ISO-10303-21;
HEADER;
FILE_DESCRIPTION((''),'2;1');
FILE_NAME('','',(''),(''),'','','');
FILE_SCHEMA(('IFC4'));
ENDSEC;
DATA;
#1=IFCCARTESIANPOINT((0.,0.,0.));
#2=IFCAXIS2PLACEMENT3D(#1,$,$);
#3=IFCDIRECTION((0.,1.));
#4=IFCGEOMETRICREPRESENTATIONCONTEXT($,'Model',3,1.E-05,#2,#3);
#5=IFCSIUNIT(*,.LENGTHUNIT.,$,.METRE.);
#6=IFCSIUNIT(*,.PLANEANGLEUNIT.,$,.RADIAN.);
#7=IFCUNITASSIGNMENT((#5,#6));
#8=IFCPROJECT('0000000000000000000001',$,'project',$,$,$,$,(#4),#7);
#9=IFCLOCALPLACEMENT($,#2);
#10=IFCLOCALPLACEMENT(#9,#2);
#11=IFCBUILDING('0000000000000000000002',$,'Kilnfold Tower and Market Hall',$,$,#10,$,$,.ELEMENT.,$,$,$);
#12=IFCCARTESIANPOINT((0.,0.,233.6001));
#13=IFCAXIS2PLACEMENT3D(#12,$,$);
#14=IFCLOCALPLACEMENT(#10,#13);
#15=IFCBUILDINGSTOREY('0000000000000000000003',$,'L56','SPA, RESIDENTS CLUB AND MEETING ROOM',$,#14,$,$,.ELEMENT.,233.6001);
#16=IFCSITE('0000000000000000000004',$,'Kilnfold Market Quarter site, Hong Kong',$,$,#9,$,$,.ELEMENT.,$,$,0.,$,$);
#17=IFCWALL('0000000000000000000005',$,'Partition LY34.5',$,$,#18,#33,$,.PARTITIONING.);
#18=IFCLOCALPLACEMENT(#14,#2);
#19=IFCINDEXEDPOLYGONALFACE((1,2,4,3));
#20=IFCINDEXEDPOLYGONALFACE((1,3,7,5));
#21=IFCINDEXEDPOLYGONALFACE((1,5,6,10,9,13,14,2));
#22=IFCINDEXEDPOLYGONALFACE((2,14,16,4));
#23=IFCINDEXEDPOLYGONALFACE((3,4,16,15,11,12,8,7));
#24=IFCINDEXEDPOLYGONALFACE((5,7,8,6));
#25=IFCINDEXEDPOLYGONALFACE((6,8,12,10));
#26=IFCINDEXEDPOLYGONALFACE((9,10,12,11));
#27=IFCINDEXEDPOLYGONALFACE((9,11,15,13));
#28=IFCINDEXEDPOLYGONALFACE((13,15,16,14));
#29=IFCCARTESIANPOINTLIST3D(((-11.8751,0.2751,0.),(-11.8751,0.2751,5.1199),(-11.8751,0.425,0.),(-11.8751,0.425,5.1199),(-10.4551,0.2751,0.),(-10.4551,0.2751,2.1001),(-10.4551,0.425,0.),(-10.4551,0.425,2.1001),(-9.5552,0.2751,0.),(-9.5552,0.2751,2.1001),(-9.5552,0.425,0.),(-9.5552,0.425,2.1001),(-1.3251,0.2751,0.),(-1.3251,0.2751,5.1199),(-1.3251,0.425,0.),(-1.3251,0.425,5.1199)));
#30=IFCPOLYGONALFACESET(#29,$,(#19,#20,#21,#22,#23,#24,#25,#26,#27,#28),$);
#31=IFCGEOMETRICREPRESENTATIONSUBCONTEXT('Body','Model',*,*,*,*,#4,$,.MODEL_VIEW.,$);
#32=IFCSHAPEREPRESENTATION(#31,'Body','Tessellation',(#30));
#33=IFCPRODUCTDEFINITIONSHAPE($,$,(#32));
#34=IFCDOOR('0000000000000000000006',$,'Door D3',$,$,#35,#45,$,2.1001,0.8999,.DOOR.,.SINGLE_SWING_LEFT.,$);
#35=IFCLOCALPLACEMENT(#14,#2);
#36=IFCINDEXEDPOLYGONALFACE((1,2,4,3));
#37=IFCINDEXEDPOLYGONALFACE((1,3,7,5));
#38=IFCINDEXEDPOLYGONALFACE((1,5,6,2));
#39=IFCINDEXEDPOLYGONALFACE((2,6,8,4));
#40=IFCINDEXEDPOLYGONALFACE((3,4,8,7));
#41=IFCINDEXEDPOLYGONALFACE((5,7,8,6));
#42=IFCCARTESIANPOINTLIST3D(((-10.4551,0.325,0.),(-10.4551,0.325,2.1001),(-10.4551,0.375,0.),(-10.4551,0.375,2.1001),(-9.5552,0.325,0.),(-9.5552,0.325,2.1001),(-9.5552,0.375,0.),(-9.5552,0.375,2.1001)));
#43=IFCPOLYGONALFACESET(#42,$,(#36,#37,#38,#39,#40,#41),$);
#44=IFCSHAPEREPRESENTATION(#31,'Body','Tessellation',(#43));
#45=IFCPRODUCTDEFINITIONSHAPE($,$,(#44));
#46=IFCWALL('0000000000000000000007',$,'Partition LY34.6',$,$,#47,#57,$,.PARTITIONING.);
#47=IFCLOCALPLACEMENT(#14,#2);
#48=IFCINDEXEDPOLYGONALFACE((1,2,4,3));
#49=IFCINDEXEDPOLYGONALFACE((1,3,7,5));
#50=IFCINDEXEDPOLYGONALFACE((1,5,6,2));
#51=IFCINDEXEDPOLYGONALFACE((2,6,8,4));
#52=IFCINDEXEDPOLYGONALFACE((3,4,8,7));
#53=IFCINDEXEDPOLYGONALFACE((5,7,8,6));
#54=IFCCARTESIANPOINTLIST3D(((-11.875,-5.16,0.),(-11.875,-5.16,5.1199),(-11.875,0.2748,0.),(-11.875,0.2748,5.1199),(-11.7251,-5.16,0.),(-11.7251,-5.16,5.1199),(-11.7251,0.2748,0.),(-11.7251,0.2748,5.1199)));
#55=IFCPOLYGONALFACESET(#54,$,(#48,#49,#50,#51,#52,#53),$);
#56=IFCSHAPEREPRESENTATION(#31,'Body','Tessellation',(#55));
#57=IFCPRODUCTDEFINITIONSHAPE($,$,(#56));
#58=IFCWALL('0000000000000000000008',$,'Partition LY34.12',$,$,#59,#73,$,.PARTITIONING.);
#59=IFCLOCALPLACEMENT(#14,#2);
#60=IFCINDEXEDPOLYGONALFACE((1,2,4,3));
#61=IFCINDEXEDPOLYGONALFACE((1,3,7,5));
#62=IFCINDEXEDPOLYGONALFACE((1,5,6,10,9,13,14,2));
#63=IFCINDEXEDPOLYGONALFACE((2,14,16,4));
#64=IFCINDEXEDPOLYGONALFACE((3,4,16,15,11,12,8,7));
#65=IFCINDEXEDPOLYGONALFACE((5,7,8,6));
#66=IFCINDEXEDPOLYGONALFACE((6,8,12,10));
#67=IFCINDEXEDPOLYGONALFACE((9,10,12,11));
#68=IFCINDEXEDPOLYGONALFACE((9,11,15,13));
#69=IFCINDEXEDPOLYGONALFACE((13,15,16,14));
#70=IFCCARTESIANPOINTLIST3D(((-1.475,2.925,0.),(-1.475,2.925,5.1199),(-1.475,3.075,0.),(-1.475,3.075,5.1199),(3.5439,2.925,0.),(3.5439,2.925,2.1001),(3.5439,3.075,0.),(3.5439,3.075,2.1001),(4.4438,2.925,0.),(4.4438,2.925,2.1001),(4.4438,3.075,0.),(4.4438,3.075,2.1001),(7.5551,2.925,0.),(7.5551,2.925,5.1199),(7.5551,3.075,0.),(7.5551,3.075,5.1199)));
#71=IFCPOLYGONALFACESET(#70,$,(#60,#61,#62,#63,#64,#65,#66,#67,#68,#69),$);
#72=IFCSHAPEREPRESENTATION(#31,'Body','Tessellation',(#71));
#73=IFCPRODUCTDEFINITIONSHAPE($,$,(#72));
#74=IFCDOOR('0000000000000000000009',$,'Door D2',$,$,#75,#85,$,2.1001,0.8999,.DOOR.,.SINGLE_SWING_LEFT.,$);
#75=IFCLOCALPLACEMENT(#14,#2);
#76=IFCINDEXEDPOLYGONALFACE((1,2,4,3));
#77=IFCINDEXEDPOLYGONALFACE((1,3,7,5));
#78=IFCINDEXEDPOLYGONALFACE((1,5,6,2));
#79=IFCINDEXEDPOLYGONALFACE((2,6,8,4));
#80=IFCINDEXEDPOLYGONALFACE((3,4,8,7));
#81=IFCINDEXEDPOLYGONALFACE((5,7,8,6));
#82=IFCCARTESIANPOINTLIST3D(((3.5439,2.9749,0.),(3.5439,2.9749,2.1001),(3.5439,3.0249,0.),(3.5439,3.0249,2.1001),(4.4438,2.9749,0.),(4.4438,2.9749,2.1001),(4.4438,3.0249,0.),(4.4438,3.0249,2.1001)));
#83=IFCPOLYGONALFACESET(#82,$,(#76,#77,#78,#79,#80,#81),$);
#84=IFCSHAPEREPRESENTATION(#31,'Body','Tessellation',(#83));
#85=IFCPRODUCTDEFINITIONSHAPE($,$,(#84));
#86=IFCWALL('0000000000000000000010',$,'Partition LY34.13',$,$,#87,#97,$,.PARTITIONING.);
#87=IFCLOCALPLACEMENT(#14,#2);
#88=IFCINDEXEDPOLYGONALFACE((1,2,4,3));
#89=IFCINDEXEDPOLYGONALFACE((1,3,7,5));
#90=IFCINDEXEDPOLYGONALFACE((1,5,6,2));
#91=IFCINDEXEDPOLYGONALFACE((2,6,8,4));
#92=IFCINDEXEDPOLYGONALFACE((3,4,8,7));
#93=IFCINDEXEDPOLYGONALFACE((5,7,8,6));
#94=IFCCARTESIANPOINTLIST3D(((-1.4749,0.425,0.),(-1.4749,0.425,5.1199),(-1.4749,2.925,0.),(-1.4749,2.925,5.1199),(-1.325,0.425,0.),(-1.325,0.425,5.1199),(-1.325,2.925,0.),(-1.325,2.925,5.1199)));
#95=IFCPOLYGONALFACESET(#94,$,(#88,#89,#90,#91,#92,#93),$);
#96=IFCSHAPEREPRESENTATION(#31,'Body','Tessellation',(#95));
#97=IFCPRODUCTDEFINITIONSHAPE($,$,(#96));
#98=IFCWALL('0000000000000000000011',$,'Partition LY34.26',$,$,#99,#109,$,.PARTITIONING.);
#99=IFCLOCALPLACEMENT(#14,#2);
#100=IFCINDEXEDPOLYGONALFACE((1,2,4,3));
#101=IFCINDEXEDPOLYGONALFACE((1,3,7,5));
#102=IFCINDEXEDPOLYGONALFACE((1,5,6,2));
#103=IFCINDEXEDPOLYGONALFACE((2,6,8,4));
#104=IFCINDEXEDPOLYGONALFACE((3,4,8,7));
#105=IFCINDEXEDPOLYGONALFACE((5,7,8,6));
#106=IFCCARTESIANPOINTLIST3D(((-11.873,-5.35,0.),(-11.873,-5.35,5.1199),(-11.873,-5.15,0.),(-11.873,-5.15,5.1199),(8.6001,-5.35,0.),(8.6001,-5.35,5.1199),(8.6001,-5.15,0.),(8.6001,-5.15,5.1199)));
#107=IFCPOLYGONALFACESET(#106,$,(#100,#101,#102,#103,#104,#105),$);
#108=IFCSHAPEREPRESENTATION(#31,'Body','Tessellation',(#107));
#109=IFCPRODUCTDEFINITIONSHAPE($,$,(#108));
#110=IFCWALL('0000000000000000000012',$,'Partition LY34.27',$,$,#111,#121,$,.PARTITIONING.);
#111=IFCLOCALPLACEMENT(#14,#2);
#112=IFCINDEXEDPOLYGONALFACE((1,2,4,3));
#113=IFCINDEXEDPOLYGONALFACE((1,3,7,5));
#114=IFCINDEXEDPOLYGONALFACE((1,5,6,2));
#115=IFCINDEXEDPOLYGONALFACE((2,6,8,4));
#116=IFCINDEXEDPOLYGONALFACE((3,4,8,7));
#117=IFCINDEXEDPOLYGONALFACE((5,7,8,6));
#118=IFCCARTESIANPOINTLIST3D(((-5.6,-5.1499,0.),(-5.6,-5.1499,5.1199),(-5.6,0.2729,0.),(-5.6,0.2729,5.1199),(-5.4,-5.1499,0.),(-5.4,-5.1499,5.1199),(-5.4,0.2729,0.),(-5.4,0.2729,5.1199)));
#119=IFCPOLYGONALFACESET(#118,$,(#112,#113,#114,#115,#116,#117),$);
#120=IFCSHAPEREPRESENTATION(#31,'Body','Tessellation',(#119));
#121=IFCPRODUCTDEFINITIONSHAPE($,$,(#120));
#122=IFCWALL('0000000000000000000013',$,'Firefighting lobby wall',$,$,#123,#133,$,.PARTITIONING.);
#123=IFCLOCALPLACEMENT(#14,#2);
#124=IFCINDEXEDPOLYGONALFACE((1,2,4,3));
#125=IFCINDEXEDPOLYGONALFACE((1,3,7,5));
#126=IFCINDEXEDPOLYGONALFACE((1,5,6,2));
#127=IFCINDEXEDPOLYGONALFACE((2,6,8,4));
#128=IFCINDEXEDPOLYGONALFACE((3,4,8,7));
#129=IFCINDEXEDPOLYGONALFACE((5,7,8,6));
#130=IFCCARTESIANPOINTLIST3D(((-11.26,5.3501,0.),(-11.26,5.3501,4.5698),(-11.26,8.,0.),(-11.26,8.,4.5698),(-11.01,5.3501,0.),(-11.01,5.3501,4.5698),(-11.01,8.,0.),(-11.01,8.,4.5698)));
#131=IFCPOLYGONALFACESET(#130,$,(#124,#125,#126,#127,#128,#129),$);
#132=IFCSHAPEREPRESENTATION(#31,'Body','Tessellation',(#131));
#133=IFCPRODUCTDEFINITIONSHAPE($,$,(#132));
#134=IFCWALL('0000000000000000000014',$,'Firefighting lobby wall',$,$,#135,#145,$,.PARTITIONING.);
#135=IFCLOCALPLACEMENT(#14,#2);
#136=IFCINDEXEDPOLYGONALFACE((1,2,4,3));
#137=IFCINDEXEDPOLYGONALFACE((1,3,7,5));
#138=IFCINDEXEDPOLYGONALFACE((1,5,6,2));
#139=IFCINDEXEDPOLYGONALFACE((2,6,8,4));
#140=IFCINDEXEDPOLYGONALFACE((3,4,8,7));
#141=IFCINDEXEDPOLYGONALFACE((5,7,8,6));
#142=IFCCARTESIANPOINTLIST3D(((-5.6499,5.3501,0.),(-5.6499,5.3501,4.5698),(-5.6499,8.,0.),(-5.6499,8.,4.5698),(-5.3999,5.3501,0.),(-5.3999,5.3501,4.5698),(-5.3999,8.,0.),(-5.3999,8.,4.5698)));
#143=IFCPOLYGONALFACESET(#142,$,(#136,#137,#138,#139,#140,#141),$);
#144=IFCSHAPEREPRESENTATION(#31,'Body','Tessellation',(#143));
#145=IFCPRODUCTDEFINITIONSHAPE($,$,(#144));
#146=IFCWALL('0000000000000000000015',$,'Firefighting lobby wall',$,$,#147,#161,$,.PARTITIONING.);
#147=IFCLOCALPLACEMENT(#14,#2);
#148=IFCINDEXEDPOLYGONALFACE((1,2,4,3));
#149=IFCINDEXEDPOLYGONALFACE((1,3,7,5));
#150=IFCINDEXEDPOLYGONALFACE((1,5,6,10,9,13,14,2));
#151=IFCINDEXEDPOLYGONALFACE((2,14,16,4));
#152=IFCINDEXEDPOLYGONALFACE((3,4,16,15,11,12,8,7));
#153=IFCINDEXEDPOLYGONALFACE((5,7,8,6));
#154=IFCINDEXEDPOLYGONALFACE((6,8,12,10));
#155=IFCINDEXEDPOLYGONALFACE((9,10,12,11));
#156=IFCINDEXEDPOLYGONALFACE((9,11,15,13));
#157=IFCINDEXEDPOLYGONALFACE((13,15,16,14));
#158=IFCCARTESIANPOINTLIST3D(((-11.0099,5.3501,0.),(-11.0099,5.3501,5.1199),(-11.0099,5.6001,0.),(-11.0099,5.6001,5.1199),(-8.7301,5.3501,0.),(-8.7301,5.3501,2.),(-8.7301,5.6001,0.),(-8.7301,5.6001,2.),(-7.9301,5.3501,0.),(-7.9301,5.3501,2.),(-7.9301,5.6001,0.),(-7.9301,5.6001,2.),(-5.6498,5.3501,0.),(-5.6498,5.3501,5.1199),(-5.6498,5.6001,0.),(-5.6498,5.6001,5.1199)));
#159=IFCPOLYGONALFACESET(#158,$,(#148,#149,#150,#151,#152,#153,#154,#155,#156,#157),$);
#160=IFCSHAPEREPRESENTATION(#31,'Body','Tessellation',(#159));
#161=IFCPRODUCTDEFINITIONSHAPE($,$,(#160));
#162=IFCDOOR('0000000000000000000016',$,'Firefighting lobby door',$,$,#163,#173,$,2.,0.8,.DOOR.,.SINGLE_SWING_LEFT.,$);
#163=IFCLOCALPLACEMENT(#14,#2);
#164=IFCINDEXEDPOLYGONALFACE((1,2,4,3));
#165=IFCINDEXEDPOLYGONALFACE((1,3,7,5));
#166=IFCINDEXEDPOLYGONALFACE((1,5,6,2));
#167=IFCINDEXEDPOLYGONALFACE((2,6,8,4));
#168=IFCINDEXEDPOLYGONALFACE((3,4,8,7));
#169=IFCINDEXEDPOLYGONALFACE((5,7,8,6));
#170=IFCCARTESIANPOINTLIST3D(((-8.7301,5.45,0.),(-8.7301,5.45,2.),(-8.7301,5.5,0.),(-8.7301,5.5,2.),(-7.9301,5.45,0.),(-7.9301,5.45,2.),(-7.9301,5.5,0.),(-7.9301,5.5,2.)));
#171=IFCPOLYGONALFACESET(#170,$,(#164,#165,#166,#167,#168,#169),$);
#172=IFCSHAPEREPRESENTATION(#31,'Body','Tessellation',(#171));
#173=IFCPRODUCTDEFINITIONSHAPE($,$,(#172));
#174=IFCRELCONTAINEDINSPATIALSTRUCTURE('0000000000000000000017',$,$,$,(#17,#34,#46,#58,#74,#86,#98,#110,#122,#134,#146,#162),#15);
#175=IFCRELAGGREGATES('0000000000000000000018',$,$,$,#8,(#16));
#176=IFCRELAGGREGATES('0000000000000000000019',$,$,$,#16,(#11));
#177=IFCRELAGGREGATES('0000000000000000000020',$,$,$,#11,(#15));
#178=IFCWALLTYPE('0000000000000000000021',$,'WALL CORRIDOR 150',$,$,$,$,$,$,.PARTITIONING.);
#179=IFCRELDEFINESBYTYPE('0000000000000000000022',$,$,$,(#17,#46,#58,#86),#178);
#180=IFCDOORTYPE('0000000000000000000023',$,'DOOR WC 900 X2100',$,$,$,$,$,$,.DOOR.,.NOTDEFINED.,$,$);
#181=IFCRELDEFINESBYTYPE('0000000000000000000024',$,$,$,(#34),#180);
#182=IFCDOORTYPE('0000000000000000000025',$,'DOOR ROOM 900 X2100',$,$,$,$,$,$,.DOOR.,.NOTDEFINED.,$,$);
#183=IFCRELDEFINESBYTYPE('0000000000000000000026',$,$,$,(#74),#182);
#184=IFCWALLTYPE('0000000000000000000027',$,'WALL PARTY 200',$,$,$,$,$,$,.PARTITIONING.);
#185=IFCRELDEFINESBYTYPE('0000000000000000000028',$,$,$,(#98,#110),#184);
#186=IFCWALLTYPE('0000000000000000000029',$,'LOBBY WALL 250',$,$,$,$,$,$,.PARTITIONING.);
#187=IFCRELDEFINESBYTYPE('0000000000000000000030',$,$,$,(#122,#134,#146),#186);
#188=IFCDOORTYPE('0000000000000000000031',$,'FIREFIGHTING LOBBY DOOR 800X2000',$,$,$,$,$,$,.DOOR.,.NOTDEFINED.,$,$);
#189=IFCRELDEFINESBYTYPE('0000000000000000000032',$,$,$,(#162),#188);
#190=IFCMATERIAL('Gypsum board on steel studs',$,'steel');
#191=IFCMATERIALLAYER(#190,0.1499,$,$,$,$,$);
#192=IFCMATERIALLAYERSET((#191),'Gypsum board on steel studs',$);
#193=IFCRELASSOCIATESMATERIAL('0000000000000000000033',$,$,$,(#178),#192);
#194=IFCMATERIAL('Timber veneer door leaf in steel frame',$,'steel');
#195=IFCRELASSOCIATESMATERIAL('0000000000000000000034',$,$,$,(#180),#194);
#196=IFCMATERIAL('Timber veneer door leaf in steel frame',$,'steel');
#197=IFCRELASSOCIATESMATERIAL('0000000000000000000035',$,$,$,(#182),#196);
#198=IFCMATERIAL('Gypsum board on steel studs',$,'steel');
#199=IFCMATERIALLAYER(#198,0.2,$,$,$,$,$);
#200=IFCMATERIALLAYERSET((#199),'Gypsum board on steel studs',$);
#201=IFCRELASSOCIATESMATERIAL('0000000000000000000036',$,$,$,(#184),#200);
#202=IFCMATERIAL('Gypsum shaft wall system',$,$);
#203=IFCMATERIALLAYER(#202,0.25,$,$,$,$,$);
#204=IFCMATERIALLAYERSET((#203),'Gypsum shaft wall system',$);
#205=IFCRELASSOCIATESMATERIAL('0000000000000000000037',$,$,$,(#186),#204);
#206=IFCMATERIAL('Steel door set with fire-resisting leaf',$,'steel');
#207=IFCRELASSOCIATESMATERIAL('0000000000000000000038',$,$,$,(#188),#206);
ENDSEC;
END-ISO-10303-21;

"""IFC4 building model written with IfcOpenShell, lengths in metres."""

from ifc_helpers import new_model, si_unit, direction, frame, frame_2d, origin, place, context, subcontext, project, spatial, rectangle, extrude, source, transform, mapped, material, layer, layer_set, type_object, element, fill, save


model = new_model("IFC4")

# Units and contexts
model_context = context("Model", 3, precision=1e-05, world=origin(), true_north=direction((0.0, 1.0)))
body_context = subcontext(model_context, "Body", "Model", "MODEL_VIEW")
ifc_project = project(units=[si_unit("LENGTHUNIT", "METRE"), si_unit("PLANEANGLEUNIT", "RADIAN")], contexts=[model_context])

# Site, building, storey
site_placement = place(None, origin())
site = spatial("IfcSite", under=ifc_project, at=site_placement, Name="Kilnfold Market Quarter site, Hong Kong", CompositionType="ELEMENT", RefElevation=0.0)
building_placement = place(site_placement, origin())
building = spatial("IfcBuilding", under=site, at=building_placement, Name="Kilnfold Tower and Market Hall", CompositionType="ELEMENT")
storey_placement = place(building_placement, frame((0.0, 0.0, 233.6001)))
storey = spatial("IfcBuildingStorey", under=building, at=storey_placement, Name="L56", Description="SPA, RESIDENTS CLUB AND MEETING ROOM", CompositionType="ELEMENT", Elevation=233.6001)

# Shared definitions
ifc_material_1 = material(Name="Gypsum board on steel studs", Category="steel")
ifc_layer_1 = layer(ifc_material_1, 0.1499)
ifc_layer_set_1 = layer_set([ifc_layer_1], Name="Gypsum board on steel studs")
wall_type_1 = type_object("IfcWallType", Name="WALL CORRIDOR 150", PredefinedType="PARTITIONING", material=ifc_layer_set_1)

# Wall, opening, door
wall_1_placement = place(storey_placement, frame((-11.875, 0.3501, 0.0), z_axis=(0.0, 0.0, 1.0), x_axis=(1.0, 0.0, 0.0)))
wall_1 = element("IfcWall", 1, at=wall_1_placement, inside=storey, type_object=wall_type_1, Name="Partition LY34.5", PredefinedType="PARTITIONING", context=body_context, shape_type="SweptSolid", body=[
    extrude(rectangle(XDim=10.55, YDim=0.1499, at=frame_2d((5.2749, 0.0))), origin(), (0.0, 0.0, 1.0), 5.1199),
])
opening_1_placement = place(wall_1_placement, frame((1.4199, 0.0, 0.0)))
opening_1 = element("IfcOpeningElement", 2, at=opening_1_placement, cuts=wall_1, PredefinedType="OPENING", context=body_context, shape_type="SweptSolid", body=[
    extrude(rectangle(XDim=0.8999, YDim=2.1001, at=frame_2d((0.45, 1.05))), frame((0.0, 0.085, 0.0), z_axis=(0.0, -1.0, 0.0), x_axis=(1.0, 0.0, 0.0)), (0.0, 0.0, 1.0), 0.1699),
])
ifc_material_2 = material(Name="Timber veneer door leaf in steel frame", Category="steel")
door_type_1 = type_object("IfcDoorType", Name="DOOR WC 900 X2100", OperationType="NOTDEFINED", PredefinedType="DOOR", material=ifc_material_2)
door_1_placement = place(opening_1_placement, origin())
door_1 = element("IfcDoor", 3, at=door_1_placement, inside=storey, type_object=door_type_1, Name="Door D3", OperationType="SINGLE_SWING_LEFT", OverallHeight=2.1001, OverallWidth=0.8999, PredefinedType="DOOR", context=body_context, shape_type="SweptSolid", body=[
    extrude(rectangle(XDim=0.8999, YDim=2.1001, at=frame_2d((0.45, 1.05))), frame((0.0, 0.0249, 0.0), z_axis=(0.0, -1.0, 0.0), x_axis=(1.0, 0.0, 0.0)), (0.0, 0.0, 1.0), 0.05),
])
fill(opening_1, door_1)

# Wall
wall_2_placement = place(storey_placement, frame((-11.8, -5.1599, 0.0), z_axis=(0.0, 0.0, 1.0), x_axis=(0.0, 1.0, 0.0)))
element("IfcWall", 4, at=wall_2_placement, inside=storey, type_object=wall_type_1, Name="Partition LY34.6", PredefinedType="PARTITIONING", context=body_context, shape_type="SweptSolid", body=[
    extrude(rectangle(XDim=5.4348, YDim=0.1499, at=frame_2d((2.7173, 0.0))), origin(), (0.0, 0.0, 1.0), 5.1199),
])

# Wall, opening, door
wall_3_placement = place(storey_placement, frame((-1.4751, 3.0, 0.0), z_axis=(0.0, 0.0, 1.0), x_axis=(1.0, 0.0, 0.0)))
wall_3 = element("IfcWall", 5, at=wall_3_placement, inside=storey, type_object=wall_type_1, Name="Partition LY34.12", PredefinedType="PARTITIONING", context=body_context, shape_type="SweptSolid", body=[
    extrude(rectangle(XDim=9.03, YDim=0.1499, at=frame_2d((4.5151, 0.0))), origin(), (0.0, 0.0, 1.0), 5.1199),
])
opening_2_placement = place(wall_3_placement, frame((5.019, 0.0, 0.0)))
opening_2 = element("IfcOpeningElement", 6, at=opening_2_placement, cuts=wall_3, PredefinedType="OPENING", context=body_context, shape_type="SweptSolid", body=[
    extrude(rectangle(XDim=0.8999, YDim=2.1001, at=frame_2d((0.45, 1.05))), frame((0.0, 0.085, 0.0), z_axis=(0.0, -1.0, 0.0), x_axis=(1.0, 0.0, 0.0)), (0.0, 0.0, 1.0), 0.1699),
])
ifc_material_3 = material(Name="Timber veneer door leaf in steel frame", Category="steel")
door_type_2 = type_object("IfcDoorType", Name="DOOR ROOM 900 X2100", OperationType="NOTDEFINED", PredefinedType="DOOR", material=ifc_material_3)
door_2_placement = place(opening_2_placement, origin())
door_2 = element("IfcDoor", 7, at=door_2_placement, inside=storey, type_object=door_type_2, Name="Door D2", OperationType="SINGLE_SWING_LEFT", OverallHeight=2.1001, OverallWidth=0.8999, PredefinedType="DOOR", context=body_context, shape_type="SweptSolid", body=[
    extrude(rectangle(XDim=0.8999, YDim=2.1001, at=frame_2d((0.45, 1.05))), frame((0.0, 0.0249, 0.0), z_axis=(0.0, -1.0, 0.0), x_axis=(1.0, 0.0, 0.0)), (0.0, 0.0, 1.0), 0.05),
])
fill(opening_2, door_2)

# Walls
wall_4_placement = place(storey_placement, frame((-1.3999, 0.425, 0.0), z_axis=(0.0, 0.0, 1.0), x_axis=(0.0, 1.0, 0.0)))
element("IfcWall", 8, at=wall_4_placement, inside=storey, type_object=wall_type_1, Name="Partition LY34.13", PredefinedType="PARTITIONING", context=body_context, shape_type="SweptSolid", body=[
    extrude(rectangle(XDim=2.5, YDim=0.1499, at=frame_2d((1.25, 0.0))), origin(), (0.0, 0.0, 1.0), 5.1199),
])
ifc_material_4 = material(Name="Gypsum board on steel studs", Category="steel")
ifc_layer_2 = layer(ifc_material_4, 0.2)
ifc_layer_set_2 = layer_set([ifc_layer_2], Name="Gypsum board on steel studs")
wall_type_2 = type_object("IfcWallType", Name="WALL PARTY 200", PredefinedType="PARTITIONING", material=ifc_layer_set_2)
wall_5_placement = place(storey_placement, frame((-11.873, -5.25, 0.0), z_axis=(0.0, 0.0, 1.0), x_axis=(1.0, 0.0, 0.0)))
element("IfcWall", 9, at=wall_5_placement, inside=storey, type_object=wall_type_2, Name="Partition LY34.26", PredefinedType="PARTITIONING", context=body_context, shape_type="SweptSolid", body=[
    extrude(rectangle(XDim=20.4731, YDim=0.2, at=frame_2d((10.2366, 0.0))), origin(), (0.0, 0.0, 1.0), 5.1199),
])
wall_6_placement = place(storey_placement, frame((-5.5, -5.1499, 0.0), z_axis=(0.0, 0.0, 1.0), x_axis=(0.0, 1.0, 0.0)))
element("IfcWall", 10, at=wall_6_placement, inside=storey, type_object=wall_type_2, Name="Partition LY34.27", PredefinedType="PARTITIONING", context=body_context, shape_type="SweptSolid", body=[
    extrude(rectangle(XDim=5.4229, YDim=0.2, at=frame_2d((2.7114, 0.0))), origin(), (0.0, 0.0, 1.0), 5.1199),
])
ifc_material_5 = material(Name="Gypsum shaft wall system")
ifc_layer_3 = layer(ifc_material_5, 0.25)
ifc_layer_set_3 = layer_set([ifc_layer_3], Name="Gypsum shaft wall system")
wall_type_3 = type_object("IfcWallType", Name="LOBBY WALL 250", PredefinedType="PARTITIONING", material=ifc_layer_set_3)
shared_shape_1 = source(origin(), body_context, "Body", "SweptSolid", [
    extrude(rectangle(XDim=2.6499, YDim=0.25, at=frame_2d((1.325, 0.0))), origin(), (0.0, 0.0, 1.0), 4.5698),
])
for number, where, z_axis, x_axis, name in (
    (11, (-11.135, 5.3501, 0.0), (0.0, 0.0, 1.0), (0.0, 1.0, 0.0), "Firefighting lobby wall"),
    (12, (-5.5249, 5.3501, 0.0), (0.0, 0.0, 1.0), (0.0, 1.0, 0.0), "Firefighting lobby wall"),
):
    element("IfcWall", number, at=place(storey_placement, frame(where, z_axis=z_axis, x_axis=x_axis)), inside=storey, type_object=wall_type_3, Name=name, PredefinedType="PARTITIONING", context=body_context, shape_type="MappedRepresentation", body=[
        mapped(shared_shape_1, transform((0.0, 0.0, 0.0))),
    ])

# Wall, opening, door
shared_shape_2 = source(origin(), body_context, "Body", "SweptSolid", [
    extrude(rectangle(XDim=5.3601, YDim=0.25, at=frame_2d((2.6802, 0.0))), origin(), (0.0, 0.0, 1.0), 5.1199),
])
wall_7_placement = place(storey_placement, frame((-11.01, 5.4751, 0.0), z_axis=(0.0, 0.0, 1.0), x_axis=(1.0, 0.0, 0.0)))
wall_7 = element("IfcWall", 13, at=wall_7_placement, inside=storey, type_object=wall_type_3, Name="Firefighting lobby wall", PredefinedType="PARTITIONING", context=body_context, shape_type="MappedRepresentation", body=[
    mapped(shared_shape_2, transform((0.0, 0.0, 0.0))),
])
opening_3_placement = place(wall_7_placement, frame((2.28, 0.0, 0.0)))
opening_3 = element("IfcOpeningElement", 14, at=opening_3_placement, cuts=wall_7, PredefinedType="OPENING", context=body_context, shape_type="SweptSolid", body=[
    extrude(rectangle(XDim=0.8, YDim=2.0, at=frame_2d((0.3999, 1.0))), frame((0.0, 0.135, 0.0), z_axis=(0.0, -1.0, 0.0), x_axis=(1.0, 0.0, 0.0)), (0.0, 0.0, 1.0), 0.27),
])
ifc_material_6 = material(Name="Steel door set with fire-resisting leaf", Category="steel")
door_type_3 = type_object("IfcDoorType", Name="FIREFIGHTING LOBBY DOOR 800X2000", OperationType="NOTDEFINED", PredefinedType="DOOR", material=ifc_material_6)
door_3_placement = place(opening_3_placement, origin())
door_3 = element("IfcDoor", 15, at=door_3_placement, inside=storey, type_object=door_type_3, Name="Firefighting lobby door", OperationType="SINGLE_SWING_LEFT", OverallHeight=2.0, OverallWidth=0.8, PredefinedType="DOOR", context=body_context, shape_type="SweptSolid", body=[
    extrude(rectangle(XDim=0.8, YDim=2.0, at=frame_2d((0.3999, 1.0))), frame((0.0, 0.0249, 0.0), z_axis=(0.0, -1.0, 0.0), x_axis=(1.0, 0.0, 0.0)), (0.0, 0.0, 1.0), 0.05),
])
fill(opening_3, door_3)

save(model, "model.ifc")
